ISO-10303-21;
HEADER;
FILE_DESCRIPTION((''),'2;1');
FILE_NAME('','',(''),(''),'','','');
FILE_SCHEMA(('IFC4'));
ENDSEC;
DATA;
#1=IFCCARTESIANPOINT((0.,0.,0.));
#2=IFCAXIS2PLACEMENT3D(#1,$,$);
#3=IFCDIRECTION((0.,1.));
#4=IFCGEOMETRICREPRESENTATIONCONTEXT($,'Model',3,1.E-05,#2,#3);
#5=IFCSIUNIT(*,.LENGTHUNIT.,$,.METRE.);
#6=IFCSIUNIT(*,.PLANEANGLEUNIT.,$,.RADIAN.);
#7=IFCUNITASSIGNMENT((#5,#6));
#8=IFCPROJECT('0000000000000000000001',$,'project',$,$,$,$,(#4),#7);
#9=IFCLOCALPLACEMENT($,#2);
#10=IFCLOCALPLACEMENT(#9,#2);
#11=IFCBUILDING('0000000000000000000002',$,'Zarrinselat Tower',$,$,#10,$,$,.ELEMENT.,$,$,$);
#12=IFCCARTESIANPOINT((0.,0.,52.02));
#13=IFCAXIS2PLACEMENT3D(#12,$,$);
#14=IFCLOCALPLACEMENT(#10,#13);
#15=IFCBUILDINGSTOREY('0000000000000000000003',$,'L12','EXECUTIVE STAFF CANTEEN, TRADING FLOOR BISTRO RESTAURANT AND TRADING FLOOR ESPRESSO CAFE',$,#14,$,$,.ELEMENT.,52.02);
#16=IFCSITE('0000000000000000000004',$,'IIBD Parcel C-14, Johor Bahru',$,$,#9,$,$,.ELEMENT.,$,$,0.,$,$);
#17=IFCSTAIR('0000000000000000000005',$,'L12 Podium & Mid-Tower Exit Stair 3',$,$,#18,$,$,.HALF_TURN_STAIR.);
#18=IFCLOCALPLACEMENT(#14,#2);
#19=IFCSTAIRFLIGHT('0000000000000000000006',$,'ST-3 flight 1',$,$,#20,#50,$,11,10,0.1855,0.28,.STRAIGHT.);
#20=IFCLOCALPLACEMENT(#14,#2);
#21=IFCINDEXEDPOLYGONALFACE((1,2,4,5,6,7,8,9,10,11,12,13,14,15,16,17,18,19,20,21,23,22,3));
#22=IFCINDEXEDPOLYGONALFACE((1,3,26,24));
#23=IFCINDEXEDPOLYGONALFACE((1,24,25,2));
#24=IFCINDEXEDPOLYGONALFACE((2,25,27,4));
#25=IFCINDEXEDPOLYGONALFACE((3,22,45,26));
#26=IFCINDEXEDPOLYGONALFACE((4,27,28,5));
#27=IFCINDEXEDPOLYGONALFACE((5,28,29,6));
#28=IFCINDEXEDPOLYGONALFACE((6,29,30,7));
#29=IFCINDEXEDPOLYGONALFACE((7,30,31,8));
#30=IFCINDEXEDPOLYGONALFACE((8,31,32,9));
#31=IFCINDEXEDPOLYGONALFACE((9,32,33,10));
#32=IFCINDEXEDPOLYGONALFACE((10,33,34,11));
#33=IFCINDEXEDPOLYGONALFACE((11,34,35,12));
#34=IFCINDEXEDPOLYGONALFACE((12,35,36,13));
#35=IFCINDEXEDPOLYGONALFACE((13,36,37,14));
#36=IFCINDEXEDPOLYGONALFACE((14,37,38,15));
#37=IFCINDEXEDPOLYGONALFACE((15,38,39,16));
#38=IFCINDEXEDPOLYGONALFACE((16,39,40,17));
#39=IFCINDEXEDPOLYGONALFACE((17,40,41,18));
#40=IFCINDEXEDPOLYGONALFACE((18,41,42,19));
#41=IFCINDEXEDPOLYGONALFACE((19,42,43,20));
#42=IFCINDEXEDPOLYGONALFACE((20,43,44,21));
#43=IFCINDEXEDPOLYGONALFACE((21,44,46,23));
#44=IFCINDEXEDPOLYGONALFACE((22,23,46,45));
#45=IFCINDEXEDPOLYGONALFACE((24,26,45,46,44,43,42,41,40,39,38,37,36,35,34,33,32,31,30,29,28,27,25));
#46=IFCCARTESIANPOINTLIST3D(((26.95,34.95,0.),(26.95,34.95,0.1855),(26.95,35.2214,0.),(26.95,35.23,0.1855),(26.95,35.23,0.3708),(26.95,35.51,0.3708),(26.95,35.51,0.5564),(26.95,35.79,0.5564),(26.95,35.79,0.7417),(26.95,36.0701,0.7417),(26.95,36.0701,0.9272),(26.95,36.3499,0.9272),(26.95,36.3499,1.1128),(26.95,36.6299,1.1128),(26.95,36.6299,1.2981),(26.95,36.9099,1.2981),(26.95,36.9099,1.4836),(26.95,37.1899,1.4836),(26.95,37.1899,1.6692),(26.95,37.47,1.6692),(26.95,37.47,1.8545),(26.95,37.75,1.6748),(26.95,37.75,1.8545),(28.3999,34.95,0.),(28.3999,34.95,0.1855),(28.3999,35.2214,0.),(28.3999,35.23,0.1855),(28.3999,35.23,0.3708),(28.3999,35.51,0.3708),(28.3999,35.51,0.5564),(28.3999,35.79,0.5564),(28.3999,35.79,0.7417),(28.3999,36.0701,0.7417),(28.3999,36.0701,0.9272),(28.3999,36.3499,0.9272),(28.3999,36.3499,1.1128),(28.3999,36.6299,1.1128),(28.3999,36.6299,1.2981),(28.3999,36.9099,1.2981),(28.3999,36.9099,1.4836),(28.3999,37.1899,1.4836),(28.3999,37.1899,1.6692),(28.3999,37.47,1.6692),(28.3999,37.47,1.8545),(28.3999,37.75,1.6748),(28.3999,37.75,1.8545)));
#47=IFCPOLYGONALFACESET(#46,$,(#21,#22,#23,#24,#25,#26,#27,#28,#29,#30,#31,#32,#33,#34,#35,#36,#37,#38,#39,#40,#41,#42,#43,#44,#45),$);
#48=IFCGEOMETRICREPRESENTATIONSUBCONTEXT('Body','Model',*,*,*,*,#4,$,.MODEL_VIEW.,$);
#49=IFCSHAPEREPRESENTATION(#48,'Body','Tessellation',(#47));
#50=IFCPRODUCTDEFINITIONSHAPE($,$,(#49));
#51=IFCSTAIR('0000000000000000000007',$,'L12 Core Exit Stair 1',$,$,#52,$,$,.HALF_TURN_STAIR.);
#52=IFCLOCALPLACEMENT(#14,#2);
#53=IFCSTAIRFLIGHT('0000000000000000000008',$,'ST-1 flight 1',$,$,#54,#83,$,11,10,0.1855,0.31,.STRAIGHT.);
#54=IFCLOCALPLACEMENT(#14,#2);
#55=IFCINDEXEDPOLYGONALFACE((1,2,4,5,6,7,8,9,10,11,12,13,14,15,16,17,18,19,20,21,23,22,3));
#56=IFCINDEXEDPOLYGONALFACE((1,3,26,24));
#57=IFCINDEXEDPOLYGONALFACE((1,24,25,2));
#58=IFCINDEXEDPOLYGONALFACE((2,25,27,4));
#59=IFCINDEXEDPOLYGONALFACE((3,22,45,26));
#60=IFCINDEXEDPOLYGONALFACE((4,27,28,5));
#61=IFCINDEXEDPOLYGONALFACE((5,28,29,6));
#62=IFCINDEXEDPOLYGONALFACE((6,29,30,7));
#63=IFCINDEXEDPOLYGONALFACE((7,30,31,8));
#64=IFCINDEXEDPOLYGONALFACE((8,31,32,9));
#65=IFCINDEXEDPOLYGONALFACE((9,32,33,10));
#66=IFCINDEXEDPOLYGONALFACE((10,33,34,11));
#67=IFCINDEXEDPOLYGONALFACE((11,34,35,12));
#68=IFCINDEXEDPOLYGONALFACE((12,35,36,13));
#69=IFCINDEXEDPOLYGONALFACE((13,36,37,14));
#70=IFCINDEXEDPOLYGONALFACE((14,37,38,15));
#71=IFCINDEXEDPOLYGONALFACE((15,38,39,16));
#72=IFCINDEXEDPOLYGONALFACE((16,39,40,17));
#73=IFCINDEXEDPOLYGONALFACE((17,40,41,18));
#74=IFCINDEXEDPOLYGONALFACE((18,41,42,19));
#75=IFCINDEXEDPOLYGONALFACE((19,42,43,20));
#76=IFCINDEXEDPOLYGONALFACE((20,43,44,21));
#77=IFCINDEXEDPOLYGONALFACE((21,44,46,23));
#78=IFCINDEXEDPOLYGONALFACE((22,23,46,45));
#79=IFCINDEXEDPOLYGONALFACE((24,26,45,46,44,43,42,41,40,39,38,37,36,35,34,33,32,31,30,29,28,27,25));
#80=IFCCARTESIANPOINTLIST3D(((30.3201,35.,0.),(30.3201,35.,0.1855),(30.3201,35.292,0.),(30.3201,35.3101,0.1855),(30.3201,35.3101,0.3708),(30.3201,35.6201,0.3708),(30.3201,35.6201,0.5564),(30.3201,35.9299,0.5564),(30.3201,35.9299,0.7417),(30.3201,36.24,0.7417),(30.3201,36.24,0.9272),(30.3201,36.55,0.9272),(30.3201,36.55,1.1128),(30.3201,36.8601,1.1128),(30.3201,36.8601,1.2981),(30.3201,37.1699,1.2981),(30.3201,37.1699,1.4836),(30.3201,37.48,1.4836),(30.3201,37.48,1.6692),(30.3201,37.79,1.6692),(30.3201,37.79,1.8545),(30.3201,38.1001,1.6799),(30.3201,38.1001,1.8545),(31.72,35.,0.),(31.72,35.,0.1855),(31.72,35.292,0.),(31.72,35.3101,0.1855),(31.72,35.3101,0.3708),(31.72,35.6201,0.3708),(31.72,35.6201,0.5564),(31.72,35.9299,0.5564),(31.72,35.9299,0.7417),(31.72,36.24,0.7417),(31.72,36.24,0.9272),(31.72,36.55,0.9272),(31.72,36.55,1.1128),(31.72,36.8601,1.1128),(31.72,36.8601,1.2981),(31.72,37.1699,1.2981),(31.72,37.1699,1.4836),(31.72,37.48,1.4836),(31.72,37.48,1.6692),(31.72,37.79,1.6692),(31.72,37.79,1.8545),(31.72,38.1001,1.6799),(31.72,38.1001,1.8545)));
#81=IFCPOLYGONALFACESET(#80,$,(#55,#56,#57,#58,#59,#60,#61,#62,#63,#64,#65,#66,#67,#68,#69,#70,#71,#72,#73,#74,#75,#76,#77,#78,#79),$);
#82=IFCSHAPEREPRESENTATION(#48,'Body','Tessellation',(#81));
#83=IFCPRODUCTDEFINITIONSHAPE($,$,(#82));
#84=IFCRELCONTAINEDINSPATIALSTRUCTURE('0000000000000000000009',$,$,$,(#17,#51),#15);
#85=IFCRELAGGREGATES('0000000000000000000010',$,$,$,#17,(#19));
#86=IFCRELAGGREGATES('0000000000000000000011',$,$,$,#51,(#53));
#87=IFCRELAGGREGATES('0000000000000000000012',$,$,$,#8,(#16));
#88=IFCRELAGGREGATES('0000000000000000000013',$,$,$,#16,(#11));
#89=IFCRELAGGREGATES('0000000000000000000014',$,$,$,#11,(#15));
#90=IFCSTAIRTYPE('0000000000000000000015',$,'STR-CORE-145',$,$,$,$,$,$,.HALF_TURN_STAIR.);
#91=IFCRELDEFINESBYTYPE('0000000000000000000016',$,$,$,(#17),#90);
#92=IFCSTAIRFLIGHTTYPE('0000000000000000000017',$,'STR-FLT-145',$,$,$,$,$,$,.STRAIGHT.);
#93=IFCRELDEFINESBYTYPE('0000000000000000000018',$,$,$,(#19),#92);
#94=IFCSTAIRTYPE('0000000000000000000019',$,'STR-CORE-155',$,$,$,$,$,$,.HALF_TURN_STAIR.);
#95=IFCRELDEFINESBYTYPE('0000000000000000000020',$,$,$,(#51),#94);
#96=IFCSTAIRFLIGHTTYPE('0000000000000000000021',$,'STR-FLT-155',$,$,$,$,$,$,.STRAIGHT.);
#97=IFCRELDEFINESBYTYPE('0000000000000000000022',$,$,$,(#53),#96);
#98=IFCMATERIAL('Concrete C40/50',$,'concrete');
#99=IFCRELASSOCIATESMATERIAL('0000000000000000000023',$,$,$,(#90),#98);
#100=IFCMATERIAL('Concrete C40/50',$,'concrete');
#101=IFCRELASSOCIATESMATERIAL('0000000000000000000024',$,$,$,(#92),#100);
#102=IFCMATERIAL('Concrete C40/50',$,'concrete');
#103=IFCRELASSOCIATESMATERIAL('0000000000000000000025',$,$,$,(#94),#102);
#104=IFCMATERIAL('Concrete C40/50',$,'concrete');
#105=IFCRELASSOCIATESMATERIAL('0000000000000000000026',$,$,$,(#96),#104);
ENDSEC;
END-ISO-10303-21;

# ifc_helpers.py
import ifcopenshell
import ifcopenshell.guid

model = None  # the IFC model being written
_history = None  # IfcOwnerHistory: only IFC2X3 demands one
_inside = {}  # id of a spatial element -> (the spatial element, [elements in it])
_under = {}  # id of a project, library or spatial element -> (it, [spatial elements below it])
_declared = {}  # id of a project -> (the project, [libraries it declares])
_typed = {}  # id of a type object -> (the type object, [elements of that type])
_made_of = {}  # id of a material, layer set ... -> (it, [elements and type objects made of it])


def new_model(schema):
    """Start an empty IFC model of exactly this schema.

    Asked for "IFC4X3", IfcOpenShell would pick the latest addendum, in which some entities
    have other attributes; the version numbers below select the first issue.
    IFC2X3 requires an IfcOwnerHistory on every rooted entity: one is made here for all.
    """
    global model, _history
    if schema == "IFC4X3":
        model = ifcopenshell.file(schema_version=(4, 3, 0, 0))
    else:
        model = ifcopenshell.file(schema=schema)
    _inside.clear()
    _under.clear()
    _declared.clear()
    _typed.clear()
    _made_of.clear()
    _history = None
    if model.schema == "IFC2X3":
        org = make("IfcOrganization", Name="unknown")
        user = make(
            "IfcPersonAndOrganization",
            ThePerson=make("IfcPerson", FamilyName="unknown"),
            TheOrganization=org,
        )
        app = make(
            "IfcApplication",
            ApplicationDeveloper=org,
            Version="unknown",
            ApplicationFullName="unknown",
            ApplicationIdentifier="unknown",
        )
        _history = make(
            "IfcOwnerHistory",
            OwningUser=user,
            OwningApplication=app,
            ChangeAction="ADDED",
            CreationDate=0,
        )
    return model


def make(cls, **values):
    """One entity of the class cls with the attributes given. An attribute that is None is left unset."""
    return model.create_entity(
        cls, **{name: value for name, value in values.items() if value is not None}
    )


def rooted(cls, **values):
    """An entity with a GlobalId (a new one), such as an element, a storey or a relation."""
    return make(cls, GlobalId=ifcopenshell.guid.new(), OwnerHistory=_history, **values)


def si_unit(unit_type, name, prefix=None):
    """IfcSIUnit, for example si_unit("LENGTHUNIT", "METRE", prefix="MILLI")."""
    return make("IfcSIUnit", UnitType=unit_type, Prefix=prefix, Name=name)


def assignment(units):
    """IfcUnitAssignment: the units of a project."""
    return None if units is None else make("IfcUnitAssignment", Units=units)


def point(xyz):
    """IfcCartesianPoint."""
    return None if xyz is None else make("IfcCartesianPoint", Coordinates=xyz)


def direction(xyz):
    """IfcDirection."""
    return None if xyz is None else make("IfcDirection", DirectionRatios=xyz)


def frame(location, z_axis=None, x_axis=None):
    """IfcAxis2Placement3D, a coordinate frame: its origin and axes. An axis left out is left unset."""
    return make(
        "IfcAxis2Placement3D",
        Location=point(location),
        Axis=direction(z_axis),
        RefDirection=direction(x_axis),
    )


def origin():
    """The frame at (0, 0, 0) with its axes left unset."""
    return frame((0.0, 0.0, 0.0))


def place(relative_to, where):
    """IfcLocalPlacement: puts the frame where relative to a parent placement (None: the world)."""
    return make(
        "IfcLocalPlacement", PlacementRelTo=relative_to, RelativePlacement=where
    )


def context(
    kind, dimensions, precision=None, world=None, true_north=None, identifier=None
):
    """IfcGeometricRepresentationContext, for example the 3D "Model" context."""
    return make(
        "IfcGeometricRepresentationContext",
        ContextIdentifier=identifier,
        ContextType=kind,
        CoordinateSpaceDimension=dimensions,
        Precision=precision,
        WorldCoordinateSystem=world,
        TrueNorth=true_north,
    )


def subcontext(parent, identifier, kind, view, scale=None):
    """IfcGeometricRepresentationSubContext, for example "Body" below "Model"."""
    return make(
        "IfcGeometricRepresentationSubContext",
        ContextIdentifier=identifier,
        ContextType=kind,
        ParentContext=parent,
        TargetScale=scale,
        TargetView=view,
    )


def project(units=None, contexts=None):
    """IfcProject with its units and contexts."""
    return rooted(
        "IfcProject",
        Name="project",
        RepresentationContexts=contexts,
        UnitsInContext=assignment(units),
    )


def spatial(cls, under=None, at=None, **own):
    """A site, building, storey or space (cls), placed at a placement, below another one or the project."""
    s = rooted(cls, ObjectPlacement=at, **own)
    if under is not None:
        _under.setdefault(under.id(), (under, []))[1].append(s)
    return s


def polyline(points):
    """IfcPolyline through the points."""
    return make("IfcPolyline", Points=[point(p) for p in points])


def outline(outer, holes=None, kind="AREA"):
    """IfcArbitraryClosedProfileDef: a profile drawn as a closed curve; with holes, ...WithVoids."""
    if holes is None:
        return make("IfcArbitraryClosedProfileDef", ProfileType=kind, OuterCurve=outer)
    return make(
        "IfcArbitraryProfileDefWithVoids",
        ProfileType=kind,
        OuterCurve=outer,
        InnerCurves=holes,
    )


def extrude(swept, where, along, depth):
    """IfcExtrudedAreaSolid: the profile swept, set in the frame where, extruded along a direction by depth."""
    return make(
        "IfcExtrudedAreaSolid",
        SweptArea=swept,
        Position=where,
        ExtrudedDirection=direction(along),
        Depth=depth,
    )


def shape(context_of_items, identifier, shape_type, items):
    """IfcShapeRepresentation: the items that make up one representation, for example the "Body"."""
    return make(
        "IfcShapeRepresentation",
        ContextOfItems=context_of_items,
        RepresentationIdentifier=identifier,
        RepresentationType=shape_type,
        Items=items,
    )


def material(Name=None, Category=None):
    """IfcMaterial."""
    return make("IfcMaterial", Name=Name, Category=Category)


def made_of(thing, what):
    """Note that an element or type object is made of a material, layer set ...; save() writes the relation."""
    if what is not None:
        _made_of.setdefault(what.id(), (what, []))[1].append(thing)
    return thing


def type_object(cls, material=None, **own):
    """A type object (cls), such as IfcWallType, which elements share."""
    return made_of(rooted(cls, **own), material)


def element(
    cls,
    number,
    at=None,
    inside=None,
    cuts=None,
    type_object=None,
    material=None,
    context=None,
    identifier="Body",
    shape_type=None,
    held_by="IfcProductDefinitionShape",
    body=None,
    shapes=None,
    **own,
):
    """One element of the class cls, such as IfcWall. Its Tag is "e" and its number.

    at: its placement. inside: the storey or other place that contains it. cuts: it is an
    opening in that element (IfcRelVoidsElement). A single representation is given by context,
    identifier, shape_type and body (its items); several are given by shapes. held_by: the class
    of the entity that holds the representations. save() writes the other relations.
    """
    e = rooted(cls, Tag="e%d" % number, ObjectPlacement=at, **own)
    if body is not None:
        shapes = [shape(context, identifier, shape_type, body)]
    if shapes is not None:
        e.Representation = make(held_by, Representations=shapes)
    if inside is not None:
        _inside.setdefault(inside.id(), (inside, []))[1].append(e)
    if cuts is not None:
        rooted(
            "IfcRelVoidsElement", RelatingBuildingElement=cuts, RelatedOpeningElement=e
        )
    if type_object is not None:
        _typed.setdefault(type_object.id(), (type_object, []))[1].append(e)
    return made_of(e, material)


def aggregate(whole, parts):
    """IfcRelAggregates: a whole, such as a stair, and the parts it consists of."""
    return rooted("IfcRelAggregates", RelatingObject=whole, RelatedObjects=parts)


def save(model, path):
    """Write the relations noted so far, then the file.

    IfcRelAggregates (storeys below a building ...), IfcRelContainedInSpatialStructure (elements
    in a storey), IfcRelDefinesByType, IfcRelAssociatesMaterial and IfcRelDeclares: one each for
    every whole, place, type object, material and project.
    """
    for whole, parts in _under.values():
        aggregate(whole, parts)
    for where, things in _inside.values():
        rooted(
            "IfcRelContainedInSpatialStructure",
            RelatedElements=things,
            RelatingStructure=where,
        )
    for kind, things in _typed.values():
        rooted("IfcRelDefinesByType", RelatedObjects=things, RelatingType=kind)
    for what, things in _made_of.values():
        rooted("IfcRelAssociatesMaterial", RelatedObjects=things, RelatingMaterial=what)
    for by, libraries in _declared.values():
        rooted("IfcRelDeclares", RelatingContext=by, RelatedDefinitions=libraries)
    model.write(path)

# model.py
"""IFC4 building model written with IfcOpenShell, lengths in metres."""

from ifc_helpers import new_model, si_unit, direction, frame, origin, place, context, subcontext, project, spatial, polyline, outline, extrude, material, type_object, element, aggregate, save


model = new_model("IFC4")

# Units and contexts
model_context = context("Model", 3, precision=1e-05, world=origin(), true_north=direction((0.0, 1.0)))
body_context = subcontext(model_context, "Body", "Model", "MODEL_VIEW")
ifc_project = project(units=[si_unit("LENGTHUNIT", "METRE"), si_unit("PLANEANGLEUNIT", "RADIAN")], contexts=[model_context])

# Site, building, storey
site_placement = place(None, origin())
site = spatial("IfcSite", under=ifc_project, at=site_placement, Name="IIBD Parcel C-14, Johor Bahru", CompositionType="ELEMENT", RefElevation=0.0)
building_placement = place(site_placement, origin())
building = spatial("IfcBuilding", under=site, at=building_placement, Name="Zarrinselat Tower", CompositionType="ELEMENT")
storey_placement = place(building_placement, frame((0.0, 0.0, 52.02)))
storey = spatial("IfcBuildingStorey", under=building, at=storey_placement, Name="L12", Description="EXECUTIVE STAFF CANTEEN, TRADING FLOOR BISTRO RESTAURANT AND TRADING FLOOR ESPRESSO CAFE", CompositionType="ELEMENT", Elevation=52.02)

# Stairs, stair flights
ifc_material_1 = material(Name="Concrete C40/50", Category="concrete")
stair_type_1 = type_object("IfcStairType", Name="STR-CORE-145", PredefinedType="HALF_TURN_STAIR", material=ifc_material_1)
stair_1_placement = place(storey_placement, origin())
stair_1 = element("IfcStair", 1, at=stair_1_placement, inside=storey, type_object=stair_type_1, Name="L12 Podium & Mid-Tower Exit Stair 3", PredefinedType="HALF_TURN_STAIR")
ifc_material_2 = material(Name="Concrete C40/50", Category="concrete")
stair_flight_type_1 = type_object("IfcStairFlightType", Name="STR-FLT-145", PredefinedType="STRAIGHT", material=ifc_material_2)
stair_flight_1_placement = place(storey_placement, frame((27.675, 34.95, 0.0), z_axis=(0.0, 0.0, 1.0), x_axis=(0.0, 1.0, 0.0)))
stair_flight_1 = element("IfcStairFlight", 2, at=stair_flight_1_placement, type_object=stair_flight_type_1, Name="ST-3 flight 1", NumberOfRisers=11, NumberOfTreads=10, PredefinedType="STRAIGHT", RiserHeight=0.1855, TreadLength=0.28, context=body_context, shape_type="SweptSolid", body=[
    extrude(outline(polyline([(0.0, 0.0), (0.0, 0.1855), (0.28, 0.1855), (0.28, 0.3708), (0.5601, 0.3708), (0.5601, 0.5564), (0.8401, 0.5564), (0.8401, 0.7417), (1.1201, 0.7417), (1.1201, 0.9272), (1.3999, 0.9272), (1.3999, 1.1128), (1.6799, 1.1128), (1.6799, 1.2981), (1.96, 1.2981), (1.96, 1.4836), (2.24, 1.4836), (2.24, 1.6692), (2.52, 1.6692), (2.52, 1.8545), (2.8, 1.8545), (2.8, 2.04), (2.8, 1.6748), (0.2715, 0.0), (0.0, 0.0)])), frame((0.0, 0.7251, 0.0), z_axis=(0.0, -1.0, 0.0), x_axis=(1.0, 0.0, 0.0)), (0.0, 0.0, 1.0), 1.45),
])
aggregate(stair_1, [stair_flight_1])
ifc_material_3 = material(Name="Concrete C40/50", Category="concrete")
stair_type_2 = type_object("IfcStairType", Name="STR-CORE-155", PredefinedType="HALF_TURN_STAIR", material=ifc_material_3)
stair_2_placement = place(storey_placement, origin())
stair_2 = element("IfcStair", 3, at=stair_2_placement, inside=storey, type_object=stair_type_2, Name="L12 Core Exit Stair 1", PredefinedType="HALF_TURN_STAIR")
ifc_material_4 = material(Name="Concrete C40/50", Category="concrete")
stair_flight_type_2 = type_object("IfcStairFlightType", Name="STR-FLT-155", PredefinedType="STRAIGHT", material=ifc_material_4)
stair_flight_2_placement = place(storey_placement, frame((31.02, 35.0, 0.0), z_axis=(0.0, 0.0, 1.0), x_axis=(0.0, 1.0, 0.0)))
stair_flight_2 = element("IfcStairFlight", 4, at=stair_flight_2_placement, type_object=stair_flight_type_2, Name="ST-1 flight 1", NumberOfRisers=11, NumberOfTreads=10, PredefinedType="STRAIGHT", RiserHeight=0.1855, TreadLength=0.31, context=body_context, shape_type="SweptSolid", body=[
    extrude(outline(polyline([(0.0, 0.0), (0.0, 0.1855), (0.3101, 0.1855), (0.3101, 0.3708), (0.6201, 0.3708), (0.6201, 0.5564), (0.9299, 0.5564), (0.9299, 0.7417), (1.24, 0.7417), (1.24, 0.9272), (1.55, 0.9272), (1.55, 1.1128), (1.8601, 1.1128), (1.8601, 1.2981), (2.1699, 1.2981), (2.1699, 1.4836), (2.48, 1.4836), (2.48, 1.6692), (2.79, 1.6692), (2.79, 1.8545), (3.1001, 1.8545), (3.1001, 2.04), (3.1001, 1.6799), (0.292, 0.0), (0.0, 0.0)])), frame((0.0, 0.7, 0.0), z_axis=(0.0, -1.0, 0.0), x_axis=(1.0, 0.0, 0.0)), (0.0, 0.0, 1.0), 1.3999),
])
aggregate(stair_2, [stair_flight_2])

save(model, "model.ifc")
